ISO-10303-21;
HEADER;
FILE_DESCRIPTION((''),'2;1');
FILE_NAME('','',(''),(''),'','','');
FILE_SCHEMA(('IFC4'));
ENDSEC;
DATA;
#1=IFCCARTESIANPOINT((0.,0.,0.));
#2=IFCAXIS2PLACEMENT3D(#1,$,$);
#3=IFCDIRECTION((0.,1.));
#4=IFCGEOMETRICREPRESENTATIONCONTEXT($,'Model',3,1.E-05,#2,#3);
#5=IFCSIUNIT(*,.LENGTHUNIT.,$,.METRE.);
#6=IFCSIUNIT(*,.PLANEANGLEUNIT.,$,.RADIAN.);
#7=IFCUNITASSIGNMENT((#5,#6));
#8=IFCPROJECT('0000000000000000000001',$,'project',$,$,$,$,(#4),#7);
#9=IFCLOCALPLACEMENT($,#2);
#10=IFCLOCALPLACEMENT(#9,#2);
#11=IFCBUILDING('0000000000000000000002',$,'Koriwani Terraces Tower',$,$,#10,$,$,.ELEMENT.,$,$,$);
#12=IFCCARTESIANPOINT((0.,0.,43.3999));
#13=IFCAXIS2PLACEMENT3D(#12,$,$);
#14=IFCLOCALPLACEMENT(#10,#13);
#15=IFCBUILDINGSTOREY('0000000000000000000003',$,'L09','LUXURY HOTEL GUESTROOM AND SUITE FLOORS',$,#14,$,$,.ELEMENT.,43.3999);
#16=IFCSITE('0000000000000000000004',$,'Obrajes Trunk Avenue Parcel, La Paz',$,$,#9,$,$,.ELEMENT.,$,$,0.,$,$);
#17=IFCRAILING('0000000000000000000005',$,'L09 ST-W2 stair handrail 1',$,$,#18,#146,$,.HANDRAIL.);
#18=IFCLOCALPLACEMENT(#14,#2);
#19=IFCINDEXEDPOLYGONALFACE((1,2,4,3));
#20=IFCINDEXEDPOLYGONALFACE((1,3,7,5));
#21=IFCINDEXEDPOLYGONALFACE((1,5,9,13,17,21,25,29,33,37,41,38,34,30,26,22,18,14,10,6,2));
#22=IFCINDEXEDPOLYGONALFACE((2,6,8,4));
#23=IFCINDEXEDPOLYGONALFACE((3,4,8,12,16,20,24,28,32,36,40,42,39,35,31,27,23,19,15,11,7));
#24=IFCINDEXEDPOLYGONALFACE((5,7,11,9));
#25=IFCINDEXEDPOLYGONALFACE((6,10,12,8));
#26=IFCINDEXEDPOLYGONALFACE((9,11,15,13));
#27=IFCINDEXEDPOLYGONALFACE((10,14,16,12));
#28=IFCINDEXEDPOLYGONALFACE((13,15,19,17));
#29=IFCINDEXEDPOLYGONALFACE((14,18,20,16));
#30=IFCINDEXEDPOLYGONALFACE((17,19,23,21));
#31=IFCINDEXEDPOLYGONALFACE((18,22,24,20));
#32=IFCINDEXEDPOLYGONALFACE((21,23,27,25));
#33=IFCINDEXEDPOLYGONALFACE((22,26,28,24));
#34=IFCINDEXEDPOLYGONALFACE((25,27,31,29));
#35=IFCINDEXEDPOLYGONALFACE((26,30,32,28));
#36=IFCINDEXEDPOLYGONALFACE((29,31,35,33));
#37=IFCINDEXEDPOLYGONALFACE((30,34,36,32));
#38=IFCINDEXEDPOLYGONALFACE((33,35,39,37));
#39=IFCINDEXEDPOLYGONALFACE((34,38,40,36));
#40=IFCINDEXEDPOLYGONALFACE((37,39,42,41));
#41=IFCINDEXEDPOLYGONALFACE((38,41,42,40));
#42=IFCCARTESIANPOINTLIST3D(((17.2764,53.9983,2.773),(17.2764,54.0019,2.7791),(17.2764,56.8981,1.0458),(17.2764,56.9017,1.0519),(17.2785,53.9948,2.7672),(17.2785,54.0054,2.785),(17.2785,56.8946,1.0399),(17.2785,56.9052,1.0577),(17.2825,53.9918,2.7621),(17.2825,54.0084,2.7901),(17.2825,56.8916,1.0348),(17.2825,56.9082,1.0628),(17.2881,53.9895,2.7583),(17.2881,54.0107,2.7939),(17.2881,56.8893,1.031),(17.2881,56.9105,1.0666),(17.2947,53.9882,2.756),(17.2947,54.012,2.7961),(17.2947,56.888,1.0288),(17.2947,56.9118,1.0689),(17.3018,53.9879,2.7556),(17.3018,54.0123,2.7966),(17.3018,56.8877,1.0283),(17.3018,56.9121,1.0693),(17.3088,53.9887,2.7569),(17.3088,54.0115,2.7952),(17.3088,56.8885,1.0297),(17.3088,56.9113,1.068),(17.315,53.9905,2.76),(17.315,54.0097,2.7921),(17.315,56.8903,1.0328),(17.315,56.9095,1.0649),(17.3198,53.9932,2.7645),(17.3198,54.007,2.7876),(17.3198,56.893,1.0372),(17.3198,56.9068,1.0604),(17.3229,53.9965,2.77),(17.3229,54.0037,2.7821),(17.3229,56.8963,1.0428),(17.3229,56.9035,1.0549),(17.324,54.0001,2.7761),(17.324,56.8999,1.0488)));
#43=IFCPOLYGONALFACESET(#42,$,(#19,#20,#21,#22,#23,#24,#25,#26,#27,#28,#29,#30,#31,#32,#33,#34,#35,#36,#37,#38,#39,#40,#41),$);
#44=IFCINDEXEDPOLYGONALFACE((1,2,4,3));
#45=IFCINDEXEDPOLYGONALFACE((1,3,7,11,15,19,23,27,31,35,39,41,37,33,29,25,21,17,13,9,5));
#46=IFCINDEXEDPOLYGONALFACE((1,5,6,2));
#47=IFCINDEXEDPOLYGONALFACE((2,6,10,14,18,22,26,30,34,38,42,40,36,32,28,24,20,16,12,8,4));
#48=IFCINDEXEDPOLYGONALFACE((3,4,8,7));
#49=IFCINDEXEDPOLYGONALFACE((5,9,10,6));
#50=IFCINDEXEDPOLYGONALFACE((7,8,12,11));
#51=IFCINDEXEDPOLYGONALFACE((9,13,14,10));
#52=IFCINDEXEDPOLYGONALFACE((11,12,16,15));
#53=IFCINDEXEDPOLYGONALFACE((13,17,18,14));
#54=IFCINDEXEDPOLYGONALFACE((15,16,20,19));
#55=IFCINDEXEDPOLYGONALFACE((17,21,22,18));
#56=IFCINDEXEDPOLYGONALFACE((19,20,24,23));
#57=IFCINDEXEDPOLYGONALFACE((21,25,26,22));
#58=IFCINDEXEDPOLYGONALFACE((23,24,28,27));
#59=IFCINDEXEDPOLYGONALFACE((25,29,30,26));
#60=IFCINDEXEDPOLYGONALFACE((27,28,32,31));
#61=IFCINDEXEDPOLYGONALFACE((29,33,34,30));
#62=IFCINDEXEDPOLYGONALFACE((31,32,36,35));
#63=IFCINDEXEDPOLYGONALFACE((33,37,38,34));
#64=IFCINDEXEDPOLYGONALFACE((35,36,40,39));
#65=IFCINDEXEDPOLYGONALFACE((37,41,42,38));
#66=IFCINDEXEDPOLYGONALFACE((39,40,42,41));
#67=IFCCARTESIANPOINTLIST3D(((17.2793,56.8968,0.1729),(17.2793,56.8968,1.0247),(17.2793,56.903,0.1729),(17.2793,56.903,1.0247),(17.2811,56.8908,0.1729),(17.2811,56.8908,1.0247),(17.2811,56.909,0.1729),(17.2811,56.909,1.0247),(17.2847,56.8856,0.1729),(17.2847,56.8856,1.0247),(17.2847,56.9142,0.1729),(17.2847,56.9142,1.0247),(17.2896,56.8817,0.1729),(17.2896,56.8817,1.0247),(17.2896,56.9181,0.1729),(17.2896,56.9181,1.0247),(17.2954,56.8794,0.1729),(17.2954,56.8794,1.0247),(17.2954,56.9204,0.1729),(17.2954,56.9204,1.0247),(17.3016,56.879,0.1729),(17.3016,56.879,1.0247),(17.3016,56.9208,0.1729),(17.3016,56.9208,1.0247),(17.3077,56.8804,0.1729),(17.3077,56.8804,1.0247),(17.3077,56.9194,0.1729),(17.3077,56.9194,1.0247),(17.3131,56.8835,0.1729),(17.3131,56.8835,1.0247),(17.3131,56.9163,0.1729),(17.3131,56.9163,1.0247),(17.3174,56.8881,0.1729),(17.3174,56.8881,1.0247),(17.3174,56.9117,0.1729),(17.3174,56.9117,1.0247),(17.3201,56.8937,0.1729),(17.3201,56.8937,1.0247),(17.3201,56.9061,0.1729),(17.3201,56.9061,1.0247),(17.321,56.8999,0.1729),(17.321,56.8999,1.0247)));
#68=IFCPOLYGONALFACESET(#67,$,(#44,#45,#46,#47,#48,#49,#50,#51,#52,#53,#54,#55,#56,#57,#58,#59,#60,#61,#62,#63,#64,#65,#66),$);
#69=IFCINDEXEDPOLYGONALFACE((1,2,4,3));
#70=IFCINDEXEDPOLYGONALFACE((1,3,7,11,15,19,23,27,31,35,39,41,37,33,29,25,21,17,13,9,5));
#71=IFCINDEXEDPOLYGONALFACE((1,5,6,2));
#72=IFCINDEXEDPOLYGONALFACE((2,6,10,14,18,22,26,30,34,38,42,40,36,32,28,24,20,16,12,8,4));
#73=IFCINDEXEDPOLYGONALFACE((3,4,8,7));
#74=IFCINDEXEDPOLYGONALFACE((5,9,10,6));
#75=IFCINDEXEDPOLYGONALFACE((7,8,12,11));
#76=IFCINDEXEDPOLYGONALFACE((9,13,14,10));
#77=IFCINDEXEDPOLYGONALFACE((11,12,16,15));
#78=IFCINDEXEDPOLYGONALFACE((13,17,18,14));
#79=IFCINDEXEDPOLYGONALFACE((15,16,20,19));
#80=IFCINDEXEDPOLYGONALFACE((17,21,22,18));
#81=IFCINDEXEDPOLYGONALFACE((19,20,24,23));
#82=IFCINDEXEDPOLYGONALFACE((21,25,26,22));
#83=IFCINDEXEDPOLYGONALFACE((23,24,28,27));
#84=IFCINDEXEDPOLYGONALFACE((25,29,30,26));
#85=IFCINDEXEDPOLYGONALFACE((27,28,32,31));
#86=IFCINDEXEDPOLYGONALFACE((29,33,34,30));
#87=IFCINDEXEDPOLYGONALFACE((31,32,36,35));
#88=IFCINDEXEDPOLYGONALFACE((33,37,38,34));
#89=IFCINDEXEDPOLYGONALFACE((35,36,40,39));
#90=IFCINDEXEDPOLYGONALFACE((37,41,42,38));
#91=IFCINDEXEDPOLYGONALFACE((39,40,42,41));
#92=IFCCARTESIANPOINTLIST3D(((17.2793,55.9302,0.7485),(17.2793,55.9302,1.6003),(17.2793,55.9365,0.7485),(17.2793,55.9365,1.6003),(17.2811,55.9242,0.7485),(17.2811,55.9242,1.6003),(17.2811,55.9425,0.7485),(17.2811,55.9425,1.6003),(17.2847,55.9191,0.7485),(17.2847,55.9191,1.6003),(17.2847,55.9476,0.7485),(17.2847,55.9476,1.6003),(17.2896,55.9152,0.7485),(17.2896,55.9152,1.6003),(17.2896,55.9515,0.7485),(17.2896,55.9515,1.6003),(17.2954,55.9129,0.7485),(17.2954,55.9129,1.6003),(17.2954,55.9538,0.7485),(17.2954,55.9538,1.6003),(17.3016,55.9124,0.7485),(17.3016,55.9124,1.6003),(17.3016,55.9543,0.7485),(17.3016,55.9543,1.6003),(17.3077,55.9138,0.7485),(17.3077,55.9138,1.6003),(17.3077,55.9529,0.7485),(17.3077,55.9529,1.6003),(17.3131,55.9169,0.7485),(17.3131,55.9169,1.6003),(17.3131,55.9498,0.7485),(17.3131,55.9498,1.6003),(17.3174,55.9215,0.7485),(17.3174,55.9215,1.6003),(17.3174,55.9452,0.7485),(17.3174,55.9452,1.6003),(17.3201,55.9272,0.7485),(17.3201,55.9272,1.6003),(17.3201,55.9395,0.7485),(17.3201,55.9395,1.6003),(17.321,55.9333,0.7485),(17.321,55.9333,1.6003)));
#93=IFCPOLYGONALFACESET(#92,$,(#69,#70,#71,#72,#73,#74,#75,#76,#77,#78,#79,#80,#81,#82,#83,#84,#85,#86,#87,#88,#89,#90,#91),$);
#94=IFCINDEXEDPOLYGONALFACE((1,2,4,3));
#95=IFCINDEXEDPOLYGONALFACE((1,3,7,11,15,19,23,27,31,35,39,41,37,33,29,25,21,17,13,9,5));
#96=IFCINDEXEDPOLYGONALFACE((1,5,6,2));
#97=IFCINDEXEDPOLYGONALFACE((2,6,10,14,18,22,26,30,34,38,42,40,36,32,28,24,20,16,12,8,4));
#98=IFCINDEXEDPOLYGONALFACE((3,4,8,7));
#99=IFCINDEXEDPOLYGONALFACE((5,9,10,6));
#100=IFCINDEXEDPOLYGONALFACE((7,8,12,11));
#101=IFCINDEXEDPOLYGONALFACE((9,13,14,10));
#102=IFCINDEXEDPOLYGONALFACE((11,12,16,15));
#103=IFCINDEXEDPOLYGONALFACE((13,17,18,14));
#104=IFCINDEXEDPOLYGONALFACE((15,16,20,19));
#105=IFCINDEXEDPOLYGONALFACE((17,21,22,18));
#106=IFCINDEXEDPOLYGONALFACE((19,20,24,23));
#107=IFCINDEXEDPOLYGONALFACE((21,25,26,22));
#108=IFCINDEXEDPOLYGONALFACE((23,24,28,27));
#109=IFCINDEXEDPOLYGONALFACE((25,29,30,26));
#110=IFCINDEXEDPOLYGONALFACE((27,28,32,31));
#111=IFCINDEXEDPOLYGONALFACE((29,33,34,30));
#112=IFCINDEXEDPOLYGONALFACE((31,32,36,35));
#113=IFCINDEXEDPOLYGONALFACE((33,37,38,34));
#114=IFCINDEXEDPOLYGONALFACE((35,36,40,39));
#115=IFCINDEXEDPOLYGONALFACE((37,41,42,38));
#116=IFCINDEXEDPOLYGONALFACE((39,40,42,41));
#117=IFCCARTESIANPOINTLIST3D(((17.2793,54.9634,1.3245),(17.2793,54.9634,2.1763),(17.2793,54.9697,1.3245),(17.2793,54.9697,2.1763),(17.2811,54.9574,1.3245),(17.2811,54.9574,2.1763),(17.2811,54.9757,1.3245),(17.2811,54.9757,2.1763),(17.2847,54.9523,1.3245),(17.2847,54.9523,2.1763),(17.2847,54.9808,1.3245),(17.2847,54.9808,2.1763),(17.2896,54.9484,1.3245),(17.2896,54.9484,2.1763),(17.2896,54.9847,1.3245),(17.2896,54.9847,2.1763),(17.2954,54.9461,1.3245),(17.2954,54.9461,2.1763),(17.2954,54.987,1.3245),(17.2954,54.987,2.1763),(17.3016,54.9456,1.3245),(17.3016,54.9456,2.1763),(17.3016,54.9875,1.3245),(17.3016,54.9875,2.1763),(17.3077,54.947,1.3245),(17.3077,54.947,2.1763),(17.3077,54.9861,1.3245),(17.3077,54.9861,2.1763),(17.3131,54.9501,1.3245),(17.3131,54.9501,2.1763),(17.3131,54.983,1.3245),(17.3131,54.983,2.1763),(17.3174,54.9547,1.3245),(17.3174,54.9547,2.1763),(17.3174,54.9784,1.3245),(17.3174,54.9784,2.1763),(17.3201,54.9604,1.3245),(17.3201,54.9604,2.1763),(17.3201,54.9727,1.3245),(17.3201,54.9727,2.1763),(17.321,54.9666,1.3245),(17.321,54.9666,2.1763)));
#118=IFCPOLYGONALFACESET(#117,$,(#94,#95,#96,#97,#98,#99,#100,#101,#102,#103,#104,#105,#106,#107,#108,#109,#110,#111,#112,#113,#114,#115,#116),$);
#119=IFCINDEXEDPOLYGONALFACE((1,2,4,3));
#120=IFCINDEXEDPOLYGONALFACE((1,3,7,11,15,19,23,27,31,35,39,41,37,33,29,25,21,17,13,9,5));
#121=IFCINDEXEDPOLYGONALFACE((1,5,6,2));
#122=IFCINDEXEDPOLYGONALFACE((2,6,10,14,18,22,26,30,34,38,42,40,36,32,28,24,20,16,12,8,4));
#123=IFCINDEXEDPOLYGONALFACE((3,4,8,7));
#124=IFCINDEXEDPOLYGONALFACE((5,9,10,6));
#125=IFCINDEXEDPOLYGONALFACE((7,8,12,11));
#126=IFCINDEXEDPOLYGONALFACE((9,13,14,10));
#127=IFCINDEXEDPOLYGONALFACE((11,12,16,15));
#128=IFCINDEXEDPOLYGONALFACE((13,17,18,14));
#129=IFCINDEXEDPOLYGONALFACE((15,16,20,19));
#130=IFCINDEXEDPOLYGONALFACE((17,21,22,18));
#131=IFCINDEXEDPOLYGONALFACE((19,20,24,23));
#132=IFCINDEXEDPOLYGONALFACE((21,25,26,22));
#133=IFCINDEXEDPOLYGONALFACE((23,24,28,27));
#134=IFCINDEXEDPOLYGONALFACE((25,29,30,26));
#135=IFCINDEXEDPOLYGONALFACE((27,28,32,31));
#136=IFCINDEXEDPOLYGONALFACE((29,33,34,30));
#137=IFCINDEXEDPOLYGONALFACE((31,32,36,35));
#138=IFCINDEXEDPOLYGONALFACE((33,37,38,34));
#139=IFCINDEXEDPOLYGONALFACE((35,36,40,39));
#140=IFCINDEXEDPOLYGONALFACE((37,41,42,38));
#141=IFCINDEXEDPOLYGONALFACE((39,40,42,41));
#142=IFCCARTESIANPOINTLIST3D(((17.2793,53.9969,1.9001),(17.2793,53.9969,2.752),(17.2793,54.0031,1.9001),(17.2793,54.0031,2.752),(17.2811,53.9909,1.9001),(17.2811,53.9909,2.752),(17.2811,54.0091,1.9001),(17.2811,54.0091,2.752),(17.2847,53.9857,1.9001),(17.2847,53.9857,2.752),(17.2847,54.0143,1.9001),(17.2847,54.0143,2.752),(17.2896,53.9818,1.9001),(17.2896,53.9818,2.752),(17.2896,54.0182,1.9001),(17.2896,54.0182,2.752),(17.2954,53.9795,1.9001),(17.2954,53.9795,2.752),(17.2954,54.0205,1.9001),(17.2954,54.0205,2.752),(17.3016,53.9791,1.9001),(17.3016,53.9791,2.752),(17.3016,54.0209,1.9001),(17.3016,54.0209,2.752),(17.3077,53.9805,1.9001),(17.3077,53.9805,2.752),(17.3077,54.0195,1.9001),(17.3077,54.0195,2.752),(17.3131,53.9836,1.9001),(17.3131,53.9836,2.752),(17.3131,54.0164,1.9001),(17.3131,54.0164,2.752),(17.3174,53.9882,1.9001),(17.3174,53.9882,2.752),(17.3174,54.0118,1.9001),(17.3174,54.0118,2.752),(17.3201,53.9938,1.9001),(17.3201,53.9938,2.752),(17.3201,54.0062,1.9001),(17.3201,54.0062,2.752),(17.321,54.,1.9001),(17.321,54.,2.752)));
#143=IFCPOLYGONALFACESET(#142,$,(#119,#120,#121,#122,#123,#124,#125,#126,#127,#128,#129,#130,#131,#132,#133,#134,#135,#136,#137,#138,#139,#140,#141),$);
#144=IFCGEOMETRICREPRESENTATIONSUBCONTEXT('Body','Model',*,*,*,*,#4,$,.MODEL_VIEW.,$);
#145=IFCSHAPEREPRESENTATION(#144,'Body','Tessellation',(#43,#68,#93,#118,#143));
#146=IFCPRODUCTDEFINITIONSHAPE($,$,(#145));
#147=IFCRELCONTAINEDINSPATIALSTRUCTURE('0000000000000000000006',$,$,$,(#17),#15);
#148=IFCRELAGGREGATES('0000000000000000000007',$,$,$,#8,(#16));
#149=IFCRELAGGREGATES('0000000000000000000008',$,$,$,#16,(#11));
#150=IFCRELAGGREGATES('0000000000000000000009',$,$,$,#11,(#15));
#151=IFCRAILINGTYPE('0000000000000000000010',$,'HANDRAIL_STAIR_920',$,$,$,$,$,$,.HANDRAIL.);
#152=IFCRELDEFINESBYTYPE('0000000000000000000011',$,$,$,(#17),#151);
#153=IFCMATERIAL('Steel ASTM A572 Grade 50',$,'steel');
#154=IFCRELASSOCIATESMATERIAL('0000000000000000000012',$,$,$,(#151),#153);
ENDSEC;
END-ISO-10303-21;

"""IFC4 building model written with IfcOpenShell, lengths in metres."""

from ifc_helpers import new_model, si_unit, direction, frame, origin, origin_2d, place, context, subcontext, project, spatial, circle, extrude, material, type_object, element, save


model = new_model("IFC4")

# Units and contexts
model_context = context("Model", 3, precision=1e-05, world=origin(), true_north=direction((0.0, 1.0)))
body_context = subcontext(model_context, "Body", "Model", "MODEL_VIEW")
ifc_project = project(units=[si_unit("LENGTHUNIT", "METRE"), si_unit("PLANEANGLEUNIT", "RADIAN")], contexts=[model_context])

# Site, building, storey
site_placement = place(None, origin())
site = spatial("IfcSite", under=ifc_project, at=site_placement, Name="Obrajes Trunk Avenue Parcel, La Paz", CompositionType="ELEMENT", RefElevation=0.0)
building_placement = place(site_placement, origin())
building = spatial("IfcBuilding", under=site, at=building_placement, Name="Koriwani Terraces Tower", CompositionType="ELEMENT")
storey_placement = place(building_placement, frame((0.0, 0.0, 43.3999)))
storey = spatial("IfcBuildingStorey", under=building, at=storey_placement, Name="L09", Description="LUXURY HOTEL GUESTROOM AND SUITE FLOORS", CompositionType="ELEMENT", Elevation=43.3999)

# Shared definitions
ifc_material_1 = material(Name="Steel ASTM A572 Grade 50", Category="steel")

# Railing
railing_type_1 = type_object("IfcRailingType", Name="HANDRAIL_STAIR_920", PredefinedType="HANDRAIL", material=ifc_material_1)
railing_1_placement = place(storey_placement, frame((17.3, 56.8999, 0.1729)))
element("IfcRailing", 1, at=railing_1_placement, inside=storey, type_object=railing_type_1, Name="L09 ST-W2 stair handrail 1", PredefinedType="HANDRAIL", context=body_context, shape_type="SweptSolid", body=[
    extrude(circle(Radius=0.0239, at=origin_2d()), frame((0.0, 0.0, 0.876), z_axis=(0.0, -0.859141, 0.511738), x_axis=(1.0, 0.0, 0.0)), (0.0, 0.0, 1.0), 3.3752),
    extrude(circle(Radius=0.021, at=origin_2d()), origin(), (0.0, 0.0, 1.0), 0.8518),
    extrude(circle(Radius=0.021, at=origin_2d()), frame((0.0, -0.9666, 0.5757)), (0.0, 0.0, 1.0), 0.8518),
    extrude(circle(Radius=0.021, at=origin_2d()), frame((0.0, -1.9333, 1.1516)), (0.0, 0.0, 1.0), 0.8518),
    extrude(circle(Radius=0.021, at=origin_2d()), frame((0.0, -2.8999, 1.7273)), (0.0, 0.0, 1.0), 0.8518),
])

save(model, "model.ifc")
